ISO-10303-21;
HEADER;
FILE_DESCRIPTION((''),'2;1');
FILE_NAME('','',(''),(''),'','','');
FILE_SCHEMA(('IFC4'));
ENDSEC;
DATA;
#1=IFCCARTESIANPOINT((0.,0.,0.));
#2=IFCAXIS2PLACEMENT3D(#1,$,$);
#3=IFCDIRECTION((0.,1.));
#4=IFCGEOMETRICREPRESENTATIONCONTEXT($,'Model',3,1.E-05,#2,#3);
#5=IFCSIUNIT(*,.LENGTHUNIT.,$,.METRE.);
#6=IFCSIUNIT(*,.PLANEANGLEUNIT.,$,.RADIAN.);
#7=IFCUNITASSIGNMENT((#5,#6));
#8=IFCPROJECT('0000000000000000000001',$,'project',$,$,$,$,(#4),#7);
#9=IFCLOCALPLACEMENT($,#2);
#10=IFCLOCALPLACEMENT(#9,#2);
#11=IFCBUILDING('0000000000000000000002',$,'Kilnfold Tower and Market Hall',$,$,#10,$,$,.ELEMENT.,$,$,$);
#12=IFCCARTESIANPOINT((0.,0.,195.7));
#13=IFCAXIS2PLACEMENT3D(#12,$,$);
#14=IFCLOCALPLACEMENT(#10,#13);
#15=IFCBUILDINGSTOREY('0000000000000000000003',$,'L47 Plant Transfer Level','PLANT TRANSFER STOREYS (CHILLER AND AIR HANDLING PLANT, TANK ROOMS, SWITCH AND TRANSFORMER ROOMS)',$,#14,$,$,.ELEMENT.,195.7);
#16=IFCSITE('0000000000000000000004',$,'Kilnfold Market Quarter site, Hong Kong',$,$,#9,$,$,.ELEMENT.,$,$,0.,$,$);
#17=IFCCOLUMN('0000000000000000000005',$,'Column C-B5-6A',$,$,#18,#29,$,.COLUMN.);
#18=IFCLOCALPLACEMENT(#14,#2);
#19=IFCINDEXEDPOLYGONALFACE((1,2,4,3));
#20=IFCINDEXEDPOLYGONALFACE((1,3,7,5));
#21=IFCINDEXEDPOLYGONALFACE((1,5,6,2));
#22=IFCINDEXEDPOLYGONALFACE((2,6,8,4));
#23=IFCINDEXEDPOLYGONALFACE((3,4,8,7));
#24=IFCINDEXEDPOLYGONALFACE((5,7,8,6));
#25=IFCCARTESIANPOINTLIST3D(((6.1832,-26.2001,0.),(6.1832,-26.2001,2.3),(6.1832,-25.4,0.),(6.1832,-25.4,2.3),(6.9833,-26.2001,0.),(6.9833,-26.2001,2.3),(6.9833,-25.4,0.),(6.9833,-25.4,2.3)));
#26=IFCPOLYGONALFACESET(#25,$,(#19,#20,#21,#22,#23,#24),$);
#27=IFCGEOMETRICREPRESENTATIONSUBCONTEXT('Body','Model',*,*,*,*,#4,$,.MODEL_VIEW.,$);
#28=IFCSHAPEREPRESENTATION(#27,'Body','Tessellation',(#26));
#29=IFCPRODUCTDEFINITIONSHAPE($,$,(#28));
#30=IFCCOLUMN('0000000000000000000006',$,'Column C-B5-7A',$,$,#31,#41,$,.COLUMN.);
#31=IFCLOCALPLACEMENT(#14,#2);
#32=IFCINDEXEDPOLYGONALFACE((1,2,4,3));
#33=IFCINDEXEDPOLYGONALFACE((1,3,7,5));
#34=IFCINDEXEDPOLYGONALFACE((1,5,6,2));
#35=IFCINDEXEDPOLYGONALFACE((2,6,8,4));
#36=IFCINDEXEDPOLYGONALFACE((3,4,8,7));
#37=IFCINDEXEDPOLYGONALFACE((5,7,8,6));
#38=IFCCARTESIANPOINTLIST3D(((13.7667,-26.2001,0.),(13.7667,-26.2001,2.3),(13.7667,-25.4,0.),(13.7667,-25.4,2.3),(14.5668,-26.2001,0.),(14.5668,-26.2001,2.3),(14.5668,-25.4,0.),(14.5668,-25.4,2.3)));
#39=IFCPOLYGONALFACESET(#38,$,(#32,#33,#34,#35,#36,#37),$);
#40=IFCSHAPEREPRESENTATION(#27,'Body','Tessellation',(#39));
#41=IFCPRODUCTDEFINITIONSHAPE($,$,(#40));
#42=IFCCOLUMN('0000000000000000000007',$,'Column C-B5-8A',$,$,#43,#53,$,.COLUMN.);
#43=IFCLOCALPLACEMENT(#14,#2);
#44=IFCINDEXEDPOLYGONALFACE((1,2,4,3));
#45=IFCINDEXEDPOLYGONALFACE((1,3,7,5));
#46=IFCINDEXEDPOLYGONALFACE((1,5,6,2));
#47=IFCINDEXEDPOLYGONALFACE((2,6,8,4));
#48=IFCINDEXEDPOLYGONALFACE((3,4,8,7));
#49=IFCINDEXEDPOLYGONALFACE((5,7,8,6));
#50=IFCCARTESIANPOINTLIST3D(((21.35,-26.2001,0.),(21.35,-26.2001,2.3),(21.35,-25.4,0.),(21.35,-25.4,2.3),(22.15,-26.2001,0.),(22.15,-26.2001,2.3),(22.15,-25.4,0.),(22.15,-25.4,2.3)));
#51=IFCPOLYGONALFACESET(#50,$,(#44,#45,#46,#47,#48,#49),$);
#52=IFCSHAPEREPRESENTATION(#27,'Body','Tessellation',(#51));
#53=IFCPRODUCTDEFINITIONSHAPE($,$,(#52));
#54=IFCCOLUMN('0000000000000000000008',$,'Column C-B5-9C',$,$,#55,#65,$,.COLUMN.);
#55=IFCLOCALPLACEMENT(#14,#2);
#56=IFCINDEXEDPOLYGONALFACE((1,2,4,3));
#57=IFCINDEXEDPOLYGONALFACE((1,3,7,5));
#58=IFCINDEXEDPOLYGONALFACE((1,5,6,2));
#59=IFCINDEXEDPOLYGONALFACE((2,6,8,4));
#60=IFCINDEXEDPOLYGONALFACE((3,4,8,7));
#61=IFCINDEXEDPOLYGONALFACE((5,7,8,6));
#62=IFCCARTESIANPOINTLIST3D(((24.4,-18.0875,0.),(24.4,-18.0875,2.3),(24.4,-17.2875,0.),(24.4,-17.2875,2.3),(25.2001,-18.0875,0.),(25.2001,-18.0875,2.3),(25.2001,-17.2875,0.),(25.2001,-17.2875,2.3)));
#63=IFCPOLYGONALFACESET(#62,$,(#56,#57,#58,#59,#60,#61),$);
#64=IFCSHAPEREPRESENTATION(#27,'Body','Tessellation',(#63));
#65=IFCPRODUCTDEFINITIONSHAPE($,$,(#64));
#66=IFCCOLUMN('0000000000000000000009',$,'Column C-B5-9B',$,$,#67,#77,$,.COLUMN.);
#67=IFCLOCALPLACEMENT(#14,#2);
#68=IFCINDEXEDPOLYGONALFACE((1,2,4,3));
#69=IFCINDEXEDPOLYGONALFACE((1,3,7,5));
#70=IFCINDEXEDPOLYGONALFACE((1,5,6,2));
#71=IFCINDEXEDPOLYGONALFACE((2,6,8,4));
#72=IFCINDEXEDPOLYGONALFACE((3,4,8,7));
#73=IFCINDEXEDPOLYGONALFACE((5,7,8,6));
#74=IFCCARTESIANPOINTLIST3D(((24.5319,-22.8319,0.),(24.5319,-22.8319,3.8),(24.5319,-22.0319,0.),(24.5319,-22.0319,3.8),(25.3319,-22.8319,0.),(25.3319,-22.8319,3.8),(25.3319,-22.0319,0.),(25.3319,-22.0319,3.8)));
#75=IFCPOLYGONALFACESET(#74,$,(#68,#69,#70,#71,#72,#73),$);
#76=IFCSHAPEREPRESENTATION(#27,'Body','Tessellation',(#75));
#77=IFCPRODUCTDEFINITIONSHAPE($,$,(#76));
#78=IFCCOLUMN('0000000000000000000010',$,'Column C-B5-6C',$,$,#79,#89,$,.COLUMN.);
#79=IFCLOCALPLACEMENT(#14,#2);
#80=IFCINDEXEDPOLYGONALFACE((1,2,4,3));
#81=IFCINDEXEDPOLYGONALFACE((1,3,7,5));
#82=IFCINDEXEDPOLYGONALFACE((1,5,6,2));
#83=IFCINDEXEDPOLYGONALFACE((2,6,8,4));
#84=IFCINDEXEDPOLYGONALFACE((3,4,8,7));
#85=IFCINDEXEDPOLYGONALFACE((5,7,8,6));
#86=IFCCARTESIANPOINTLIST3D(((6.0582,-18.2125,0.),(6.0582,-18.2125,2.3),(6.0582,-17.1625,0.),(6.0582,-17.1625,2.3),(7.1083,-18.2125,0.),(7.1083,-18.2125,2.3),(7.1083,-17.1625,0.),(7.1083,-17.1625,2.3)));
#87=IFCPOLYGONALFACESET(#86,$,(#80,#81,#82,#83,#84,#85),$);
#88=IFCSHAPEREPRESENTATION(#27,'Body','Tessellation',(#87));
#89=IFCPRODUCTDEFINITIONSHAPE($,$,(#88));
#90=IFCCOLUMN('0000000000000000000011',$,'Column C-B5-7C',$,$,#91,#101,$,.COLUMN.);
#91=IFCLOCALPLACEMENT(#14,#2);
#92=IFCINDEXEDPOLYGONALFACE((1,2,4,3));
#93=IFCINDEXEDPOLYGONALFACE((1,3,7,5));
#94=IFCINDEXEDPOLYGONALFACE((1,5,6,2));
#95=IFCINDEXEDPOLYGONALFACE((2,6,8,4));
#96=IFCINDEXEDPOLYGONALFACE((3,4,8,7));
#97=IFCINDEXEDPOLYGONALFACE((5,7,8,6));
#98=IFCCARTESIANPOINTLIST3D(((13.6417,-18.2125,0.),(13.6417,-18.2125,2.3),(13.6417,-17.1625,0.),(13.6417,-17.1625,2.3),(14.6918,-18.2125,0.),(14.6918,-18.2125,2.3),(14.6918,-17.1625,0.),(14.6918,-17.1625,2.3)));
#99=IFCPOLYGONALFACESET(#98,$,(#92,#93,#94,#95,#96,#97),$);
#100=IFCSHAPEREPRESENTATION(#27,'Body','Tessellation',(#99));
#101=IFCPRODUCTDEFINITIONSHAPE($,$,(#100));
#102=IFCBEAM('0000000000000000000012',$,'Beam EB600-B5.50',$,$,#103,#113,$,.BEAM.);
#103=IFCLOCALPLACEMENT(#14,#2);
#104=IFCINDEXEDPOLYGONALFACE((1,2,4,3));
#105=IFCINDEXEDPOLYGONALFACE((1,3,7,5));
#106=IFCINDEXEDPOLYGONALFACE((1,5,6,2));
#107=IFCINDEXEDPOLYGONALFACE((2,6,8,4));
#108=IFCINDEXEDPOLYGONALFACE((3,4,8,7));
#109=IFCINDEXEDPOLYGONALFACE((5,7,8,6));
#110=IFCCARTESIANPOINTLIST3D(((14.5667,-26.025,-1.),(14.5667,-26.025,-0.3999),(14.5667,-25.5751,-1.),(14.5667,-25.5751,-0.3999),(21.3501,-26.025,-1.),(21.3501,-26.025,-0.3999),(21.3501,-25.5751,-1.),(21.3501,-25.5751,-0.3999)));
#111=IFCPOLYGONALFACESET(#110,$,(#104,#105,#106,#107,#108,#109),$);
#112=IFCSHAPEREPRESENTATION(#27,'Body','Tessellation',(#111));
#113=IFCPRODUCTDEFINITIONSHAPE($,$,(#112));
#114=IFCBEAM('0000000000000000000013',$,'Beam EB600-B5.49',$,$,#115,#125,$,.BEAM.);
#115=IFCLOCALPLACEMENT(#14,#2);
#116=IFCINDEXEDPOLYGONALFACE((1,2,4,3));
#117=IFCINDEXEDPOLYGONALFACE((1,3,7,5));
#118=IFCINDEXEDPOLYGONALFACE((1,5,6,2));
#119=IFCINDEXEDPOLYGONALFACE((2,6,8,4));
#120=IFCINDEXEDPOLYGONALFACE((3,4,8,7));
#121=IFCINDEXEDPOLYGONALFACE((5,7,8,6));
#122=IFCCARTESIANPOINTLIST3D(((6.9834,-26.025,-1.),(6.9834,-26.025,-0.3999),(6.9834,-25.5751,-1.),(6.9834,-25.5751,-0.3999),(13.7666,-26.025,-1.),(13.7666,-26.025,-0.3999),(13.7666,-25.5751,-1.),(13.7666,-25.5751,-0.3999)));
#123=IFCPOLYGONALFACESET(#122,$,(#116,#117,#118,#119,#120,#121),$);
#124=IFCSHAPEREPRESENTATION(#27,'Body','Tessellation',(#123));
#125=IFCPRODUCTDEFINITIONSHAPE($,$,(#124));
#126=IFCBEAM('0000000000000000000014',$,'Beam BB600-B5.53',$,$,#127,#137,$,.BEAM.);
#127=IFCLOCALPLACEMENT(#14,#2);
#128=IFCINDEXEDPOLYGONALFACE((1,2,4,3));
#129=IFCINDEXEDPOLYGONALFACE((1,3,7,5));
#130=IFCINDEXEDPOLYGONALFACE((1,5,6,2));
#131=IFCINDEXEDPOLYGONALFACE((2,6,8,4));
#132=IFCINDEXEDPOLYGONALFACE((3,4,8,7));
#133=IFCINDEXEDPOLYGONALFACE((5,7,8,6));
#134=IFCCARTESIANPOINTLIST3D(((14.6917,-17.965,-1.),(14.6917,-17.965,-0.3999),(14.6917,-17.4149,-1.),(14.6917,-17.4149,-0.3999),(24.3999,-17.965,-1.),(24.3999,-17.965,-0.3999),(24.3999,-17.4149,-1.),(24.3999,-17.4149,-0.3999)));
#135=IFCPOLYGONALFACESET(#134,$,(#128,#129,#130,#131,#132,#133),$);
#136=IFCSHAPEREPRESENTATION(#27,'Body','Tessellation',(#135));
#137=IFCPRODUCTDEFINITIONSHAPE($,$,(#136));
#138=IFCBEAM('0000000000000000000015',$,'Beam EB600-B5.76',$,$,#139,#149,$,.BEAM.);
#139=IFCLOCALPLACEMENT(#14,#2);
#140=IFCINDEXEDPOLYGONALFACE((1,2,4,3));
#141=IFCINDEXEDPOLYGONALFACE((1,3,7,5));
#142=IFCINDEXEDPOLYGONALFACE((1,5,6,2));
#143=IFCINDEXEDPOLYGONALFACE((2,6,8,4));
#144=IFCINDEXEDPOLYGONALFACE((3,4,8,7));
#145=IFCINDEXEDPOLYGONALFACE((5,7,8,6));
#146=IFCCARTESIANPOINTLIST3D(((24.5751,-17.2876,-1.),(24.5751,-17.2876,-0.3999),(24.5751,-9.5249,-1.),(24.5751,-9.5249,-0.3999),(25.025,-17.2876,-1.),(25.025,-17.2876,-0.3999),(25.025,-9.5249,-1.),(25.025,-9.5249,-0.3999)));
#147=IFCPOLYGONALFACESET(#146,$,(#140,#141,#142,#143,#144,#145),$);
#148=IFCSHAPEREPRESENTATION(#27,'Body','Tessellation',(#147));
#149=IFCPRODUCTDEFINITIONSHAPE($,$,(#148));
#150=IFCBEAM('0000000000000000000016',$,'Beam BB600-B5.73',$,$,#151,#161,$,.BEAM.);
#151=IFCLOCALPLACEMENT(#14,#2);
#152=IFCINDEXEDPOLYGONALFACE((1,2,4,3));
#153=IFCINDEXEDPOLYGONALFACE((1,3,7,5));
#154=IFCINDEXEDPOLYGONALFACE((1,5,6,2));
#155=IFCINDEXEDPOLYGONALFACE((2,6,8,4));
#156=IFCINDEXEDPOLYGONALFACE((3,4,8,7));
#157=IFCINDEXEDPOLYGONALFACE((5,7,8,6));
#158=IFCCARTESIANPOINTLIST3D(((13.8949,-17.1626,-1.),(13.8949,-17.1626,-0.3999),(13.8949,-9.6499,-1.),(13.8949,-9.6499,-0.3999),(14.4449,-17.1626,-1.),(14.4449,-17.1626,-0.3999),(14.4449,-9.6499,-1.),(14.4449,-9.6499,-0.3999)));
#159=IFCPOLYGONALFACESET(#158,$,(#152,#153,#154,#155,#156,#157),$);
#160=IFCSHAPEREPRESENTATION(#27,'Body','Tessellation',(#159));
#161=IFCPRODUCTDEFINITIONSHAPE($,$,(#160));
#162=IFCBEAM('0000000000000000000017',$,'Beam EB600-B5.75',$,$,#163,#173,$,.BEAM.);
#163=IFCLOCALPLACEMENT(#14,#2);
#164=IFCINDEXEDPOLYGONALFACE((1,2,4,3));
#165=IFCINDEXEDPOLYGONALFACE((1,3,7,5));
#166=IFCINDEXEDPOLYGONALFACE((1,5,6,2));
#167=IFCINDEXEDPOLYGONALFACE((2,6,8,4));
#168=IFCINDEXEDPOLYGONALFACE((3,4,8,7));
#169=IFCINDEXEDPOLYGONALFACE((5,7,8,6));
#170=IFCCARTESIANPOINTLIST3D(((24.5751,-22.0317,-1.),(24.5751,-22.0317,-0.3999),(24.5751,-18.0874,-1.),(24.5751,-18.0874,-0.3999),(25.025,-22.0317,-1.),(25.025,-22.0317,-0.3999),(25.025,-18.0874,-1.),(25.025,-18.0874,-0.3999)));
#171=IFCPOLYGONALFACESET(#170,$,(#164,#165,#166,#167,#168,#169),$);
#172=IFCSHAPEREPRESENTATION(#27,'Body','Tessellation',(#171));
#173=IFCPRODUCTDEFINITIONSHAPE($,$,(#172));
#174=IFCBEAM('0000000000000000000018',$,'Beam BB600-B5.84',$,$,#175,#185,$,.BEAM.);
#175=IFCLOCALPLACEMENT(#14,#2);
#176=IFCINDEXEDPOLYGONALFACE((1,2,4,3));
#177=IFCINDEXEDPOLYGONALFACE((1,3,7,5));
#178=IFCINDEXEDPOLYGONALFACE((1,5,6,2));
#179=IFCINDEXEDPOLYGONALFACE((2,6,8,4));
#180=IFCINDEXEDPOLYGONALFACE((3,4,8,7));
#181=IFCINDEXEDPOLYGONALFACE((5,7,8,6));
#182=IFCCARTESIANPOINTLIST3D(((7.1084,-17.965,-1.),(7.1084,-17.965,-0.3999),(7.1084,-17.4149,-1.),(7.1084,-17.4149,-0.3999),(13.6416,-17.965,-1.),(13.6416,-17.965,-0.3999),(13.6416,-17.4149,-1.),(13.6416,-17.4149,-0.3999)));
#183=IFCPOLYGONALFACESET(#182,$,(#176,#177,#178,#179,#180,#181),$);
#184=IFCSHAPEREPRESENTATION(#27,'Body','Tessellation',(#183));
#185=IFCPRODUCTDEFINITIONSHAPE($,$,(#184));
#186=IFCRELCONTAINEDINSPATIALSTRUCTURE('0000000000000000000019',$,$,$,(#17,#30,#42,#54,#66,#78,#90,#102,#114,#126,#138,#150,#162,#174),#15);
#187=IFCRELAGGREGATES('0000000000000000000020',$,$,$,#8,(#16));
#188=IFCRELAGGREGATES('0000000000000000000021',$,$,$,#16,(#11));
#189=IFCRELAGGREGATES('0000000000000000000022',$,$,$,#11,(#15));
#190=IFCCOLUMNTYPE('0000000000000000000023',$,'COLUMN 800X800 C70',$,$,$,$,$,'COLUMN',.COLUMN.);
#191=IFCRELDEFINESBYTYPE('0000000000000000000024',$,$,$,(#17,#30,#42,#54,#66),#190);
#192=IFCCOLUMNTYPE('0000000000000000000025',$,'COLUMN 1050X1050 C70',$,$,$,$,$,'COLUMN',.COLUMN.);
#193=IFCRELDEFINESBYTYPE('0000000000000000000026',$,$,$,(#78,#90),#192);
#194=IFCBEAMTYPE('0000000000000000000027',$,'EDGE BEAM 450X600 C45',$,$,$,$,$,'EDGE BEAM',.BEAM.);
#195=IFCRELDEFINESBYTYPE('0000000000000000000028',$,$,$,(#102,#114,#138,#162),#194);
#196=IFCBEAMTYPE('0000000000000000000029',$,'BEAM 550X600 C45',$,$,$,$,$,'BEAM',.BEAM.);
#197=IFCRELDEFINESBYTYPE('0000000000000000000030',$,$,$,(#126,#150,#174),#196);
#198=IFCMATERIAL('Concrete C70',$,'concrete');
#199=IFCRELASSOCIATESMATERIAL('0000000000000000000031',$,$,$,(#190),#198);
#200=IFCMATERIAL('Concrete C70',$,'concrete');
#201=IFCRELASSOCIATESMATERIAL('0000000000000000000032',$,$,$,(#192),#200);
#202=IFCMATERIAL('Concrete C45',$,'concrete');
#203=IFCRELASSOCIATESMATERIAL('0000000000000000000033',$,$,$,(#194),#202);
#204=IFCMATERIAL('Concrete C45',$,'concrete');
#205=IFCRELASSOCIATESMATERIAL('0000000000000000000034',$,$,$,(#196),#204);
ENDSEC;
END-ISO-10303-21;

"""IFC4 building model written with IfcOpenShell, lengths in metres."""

from ifc_helpers import new_model, si_unit, direction, frame, origin, origin_2d, place, context, subcontext, project, spatial, rectangle, extrude, source, transform, mapped, material, material_profile, profile_set, type_object, element, save


model = new_model("IFC4")

# Units and contexts
model_context = context("Model", 3, precision=1e-05, world=origin(), true_north=direction((0.0, 1.0)))
body_context = subcontext(model_context, "Body", "Model", "MODEL_VIEW")
ifc_project = project(units=[si_unit("LENGTHUNIT", "METRE"), si_unit("PLANEANGLEUNIT", "RADIAN")], contexts=[model_context])

# Site, building, storey
site_placement = place(None, origin())
site = spatial("IfcSite", under=ifc_project, at=site_placement, Name="Kilnfold Market Quarter site, Hong Kong", CompositionType="ELEMENT", RefElevation=0.0)
building_placement = place(site_placement, origin())
building = spatial("IfcBuilding", under=site, at=building_placement, Name="Kilnfold Tower and Market Hall", CompositionType="ELEMENT")
storey_placement = place(building_placement, frame((0.0, 0.0, 195.7)))
storey = spatial("IfcBuildingStorey", under=building, at=storey_placement, Name="L47 Plant Transfer Level", Description="PLANT TRANSFER STOREYS (CHILLER AND AIR HANDLING PLANT, TANK ROOMS, SWITCH AND TRANSFORMER ROOMS)", CompositionType="ELEMENT", Elevation=195.7)

# Columns
ifc_material_1 = material(Name="Concrete C70", Category="concrete")
ifc_material_profile_1 = material_profile(ifc_material_1, rectangle(XDim=0.8, YDim=0.8, at=origin_2d()), Name="RC 800x800")
ifc_profile_set_1 = profile_set([ifc_material_profile_1], Name="Concrete C70")
column_type_1 = type_object("IfcColumnType", Name="COLUMN 800X800 C70", ElementType="COLUMN", PredefinedType="COLUMN", material=ifc_profile_set_1)
shared_shape_1 = source(origin(), body_context, "Body", "SweptSolid", [
    extrude(rectangle(XDim=0.8, YDim=0.8, at=origin_2d()), origin(), (0.0, 0.0, 1.0), 2.3),
])
for number, where, z_axis, x_axis, name in (
    (1, (6.5833, -25.8, 0.0), (0.0, 0.0, 1.0), (1.0, 0.0, 0.0), "Column C-B5-6A"),
    (2, (14.1667, -25.8, 0.0), (0.0, 0.0, 1.0), (1.0, 0.0, 0.0), "Column C-B5-7A"),
    (3, (21.75, -25.8, 0.0), (0.0, 0.0, 1.0), (1.0, 0.0, 0.0), "Column C-B5-8A"),
    (4, (24.8, -17.6875, 0.0), (0.0, 0.0, 1.0), (1.0, 0.0, 0.0), "Column C-B5-9C"),
):
    element("IfcColumn", number, at=place(storey_placement, frame(where, z_axis=z_axis, x_axis=x_axis)), inside=storey, type_object=column_type_1, Name=name, PredefinedType="COLUMN", context=body_context, shape_type="MappedRepresentation", body=[
        mapped(shared_shape_1, transform((0.0, 0.0, 0.0))),
    ])
shared_shape_2 = source(origin(), body_context, "Body", "SweptSolid", [
    extrude(rectangle(XDim=0.8, YDim=0.8, at=origin_2d()), origin(), (0.0, 0.0, 1.0), 3.8),
])
column_placement = place(storey_placement, frame((24.9319, -22.4319, 0.0), z_axis=(0.0, 0.0, 1.0), x_axis=(1.0, 0.0, 0.0)))
element("IfcColumn", 5, at=column_placement, inside=storey, type_object=column_type_1, Name="Column C-B5-9B", PredefinedType="COLUMN", context=body_context, shape_type="MappedRepresentation", body=[
    mapped(shared_shape_2, transform((0.0, 0.0, 0.0))),
])
ifc_material_2 = material(Name="Concrete C70", Category="concrete")
ifc_material_profile_2 = material_profile(ifc_material_2, rectangle(XDim=1.05, YDim=1.05, at=origin_2d()), Name="RC 1050x1050")
ifc_profile_set_2 = profile_set([ifc_material_profile_2], Name="Concrete C70")
column_type_2 = type_object("IfcColumnType", Name="COLUMN 1050X1050 C70", ElementType="COLUMN", PredefinedType="COLUMN", material=ifc_profile_set_2)
shared_shape_3 = source(origin(), body_context, "Body", "SweptSolid", [
    extrude(rectangle(XDim=1.05, YDim=1.05, at=origin_2d()), origin(), (0.0, 0.0, 1.0), 2.3),
])
for number, where, z_axis, x_axis, name in (
    (6, (6.5833, -17.6875, 0.0), (0.0, 0.0, 1.0), (1.0, 0.0, 0.0), "Column C-B5-6C"),
    (7, (14.1667, -17.6875, 0.0), (0.0, 0.0, 1.0), (1.0, 0.0, 0.0), "Column C-B5-7C"),
):
    element("IfcColumn", number, at=place(storey_placement, frame(where, z_axis=z_axis, x_axis=x_axis)), inside=storey, type_object=column_type_2, Name=name, PredefinedType="COLUMN", context=body_context, shape_type="MappedRepresentation", body=[
        mapped(shared_shape_3, transform((0.0, 0.0, 0.0))),
    ])

# Beams
ifc_material_3 = material(Name="Concrete C45", Category="concrete")
ifc_material_profile_3 = material_profile(ifc_material_3, rectangle(XDim=0.45, YDim=0.6001, at=origin_2d()), Name="RC 450x600")
ifc_profile_set_3 = profile_set([ifc_material_profile_3], Name="Concrete C45")
beam_type_1 = type_object("IfcBeamType", Name="EDGE BEAM 450X600 C45", ElementType="EDGE BEAM", PredefinedType="BEAM", material=ifc_profile_set_3)
shared_shape_4 = source(origin(), body_context, "Body", "SweptSolid", [
    extrude(rectangle(XDim=0.45, YDim=0.6001, at=origin_2d()), origin(), (0.0, 0.0, 1.0), 6.7834),
])
beam_1_placement = place(storey_placement, frame((14.5667, -25.8, -0.7), z_axis=(1.0, 0.0, 0.0), x_axis=(0.0, 1.0, 0.0)))
element("IfcBeam", 8, at=beam_1_placement, inside=storey, type_object=beam_type_1, Name="Beam EB600-B5.50", PredefinedType="BEAM", context=body_context, shape_type="MappedRepresentation", body=[
    mapped(shared_shape_4, transform((0.0, 0.0, 0.0))),
])
shared_shape_5 = source(origin(), body_context, "Body", "SweptSolid", [
    extrude(rectangle(XDim=0.45, YDim=0.6001, at=origin_2d()), origin(), (0.0, 0.0, 1.0), 6.7832),
])
beam_2_placement = place(storey_placement, frame((6.9834, -25.8, -0.7), z_axis=(1.0, 0.0, 0.0), x_axis=(0.0, 1.0, 0.0)))
element("IfcBeam", 9, at=beam_2_placement, inside=storey, type_object=beam_type_1, Name="Beam EB600-B5.49", PredefinedType="BEAM", context=body_context, shape_type="MappedRepresentation", body=[
    mapped(shared_shape_5, transform((0.0, 0.0, 0.0))),
])
ifc_material_4 = material(Name="Concrete C45", Category="concrete")
ifc_material_profile_4 = material_profile(ifc_material_4, rectangle(XDim=0.55, YDim=0.6001, at=origin_2d()), Name="RC 550x600")
ifc_profile_set_4 = profile_set([ifc_material_profile_4], Name="Concrete C45")
beam_type_2 = type_object("IfcBeamType", Name="BEAM 550X600 C45", ElementType="BEAM", PredefinedType="BEAM", material=ifc_profile_set_4)
shared_shape_6 = source(origin(), body_context, "Body", "SweptSolid", [
    extrude(rectangle(XDim=0.55, YDim=0.6001, at=origin_2d()), origin(), (0.0, 0.0, 1.0), 9.7083),
])
beam_3_placement = place(storey_placement, frame((14.6917, -17.6899, -0.7), z_axis=(1.0, 0.0, 0.0), x_axis=(0.0, 1.0, 0.0)))
element("IfcBeam", 10, at=beam_3_placement, inside=storey, type_object=beam_type_2, Name="Beam BB600-B5.53", PredefinedType="BEAM", context=body_context, shape_type="MappedRepresentation", body=[
    mapped(shared_shape_6, transform((0.0, 0.0, 0.0))),
])
shared_shape_7 = source(origin(), body_context, "Body", "SweptSolid", [
    extrude(rectangle(XDim=0.45, YDim=0.6001, at=origin_2d()), origin(), (0.0, 0.0, 1.0), 7.7627),
])
beam_4_placement = place(storey_placement, frame((24.8, -17.2876, -0.7), z_axis=(0.0, 1.0, 0.0), x_axis=(-1.0, 0.0, 0.0)))
element("IfcBeam", 11, at=beam_4_placement, inside=storey, type_object=beam_type_1, Name="Beam EB600-B5.76", PredefinedType="BEAM", context=body_context, shape_type="MappedRepresentation", body=[
    mapped(shared_shape_7, transform((0.0, 0.0, 0.0))),
])
shared_shape_8 = source(origin(), body_context, "Body", "SweptSolid", [
    extrude(rectangle(XDim=0.55, YDim=0.6001, at=origin_2d()), origin(), (0.0, 0.0, 1.0), 7.5127),
])
beam_5_placement = place(storey_placement, frame((14.1699, -17.1626, -0.7), z_axis=(0.0, 1.0, 0.0), x_axis=(-1.0, 0.0, 0.0)))
element("IfcBeam", 12, at=beam_5_placement, inside=storey, type_object=beam_type_2, Name="Beam BB600-B5.73", PredefinedType="BEAM", context=body_context, shape_type="MappedRepresentation", body=[
    mapped(shared_shape_8, transform((0.0, 0.0, 0.0))),
])
shared_shape_9 = source(origin(), body_context, "Body", "SweptSolid", [
    extrude(rectangle(XDim=0.45, YDim=0.6001, at=origin_2d()), origin(), (0.0, 0.0, 1.0), 3.9443),
])
beam_6_placement = place(storey_placement, frame((24.8, -22.0317, -0.7), z_axis=(0.0, 1.0, 0.0), x_axis=(-1.0, 0.0, 0.0)))
element("IfcBeam", 13, at=beam_6_placement, inside=storey, type_object=beam_type_1, Name="Beam EB600-B5.75", PredefinedType="BEAM", context=body_context, shape_type="MappedRepresentation", body=[
    mapped(shared_shape_9, transform((0.0, 0.0, 0.0))),
])
shared_shape_10 = source(origin(), body_context, "Body", "SweptSolid", [
    extrude(rectangle(XDim=0.55, YDim=0.6001, at=origin_2d()), origin(), (0.0, 0.0, 1.0), 6.5332),
])
beam_7_placement = place(storey_placement, frame((7.1084, -17.6899, -0.7), z_axis=(1.0, 0.0, 0.0), x_axis=(0.0, 1.0, 0.0)))
element("IfcBeam", 14, at=beam_7_placement, inside=storey, type_object=beam_type_2, Name="Beam BB600-B5.84", PredefinedType="BEAM", context=body_context, shape_type="MappedRepresentation", body=[
    mapped(shared_shape_10, transform((0.0, 0.0, 0.0))),
])

save(model, "model.ifc")
